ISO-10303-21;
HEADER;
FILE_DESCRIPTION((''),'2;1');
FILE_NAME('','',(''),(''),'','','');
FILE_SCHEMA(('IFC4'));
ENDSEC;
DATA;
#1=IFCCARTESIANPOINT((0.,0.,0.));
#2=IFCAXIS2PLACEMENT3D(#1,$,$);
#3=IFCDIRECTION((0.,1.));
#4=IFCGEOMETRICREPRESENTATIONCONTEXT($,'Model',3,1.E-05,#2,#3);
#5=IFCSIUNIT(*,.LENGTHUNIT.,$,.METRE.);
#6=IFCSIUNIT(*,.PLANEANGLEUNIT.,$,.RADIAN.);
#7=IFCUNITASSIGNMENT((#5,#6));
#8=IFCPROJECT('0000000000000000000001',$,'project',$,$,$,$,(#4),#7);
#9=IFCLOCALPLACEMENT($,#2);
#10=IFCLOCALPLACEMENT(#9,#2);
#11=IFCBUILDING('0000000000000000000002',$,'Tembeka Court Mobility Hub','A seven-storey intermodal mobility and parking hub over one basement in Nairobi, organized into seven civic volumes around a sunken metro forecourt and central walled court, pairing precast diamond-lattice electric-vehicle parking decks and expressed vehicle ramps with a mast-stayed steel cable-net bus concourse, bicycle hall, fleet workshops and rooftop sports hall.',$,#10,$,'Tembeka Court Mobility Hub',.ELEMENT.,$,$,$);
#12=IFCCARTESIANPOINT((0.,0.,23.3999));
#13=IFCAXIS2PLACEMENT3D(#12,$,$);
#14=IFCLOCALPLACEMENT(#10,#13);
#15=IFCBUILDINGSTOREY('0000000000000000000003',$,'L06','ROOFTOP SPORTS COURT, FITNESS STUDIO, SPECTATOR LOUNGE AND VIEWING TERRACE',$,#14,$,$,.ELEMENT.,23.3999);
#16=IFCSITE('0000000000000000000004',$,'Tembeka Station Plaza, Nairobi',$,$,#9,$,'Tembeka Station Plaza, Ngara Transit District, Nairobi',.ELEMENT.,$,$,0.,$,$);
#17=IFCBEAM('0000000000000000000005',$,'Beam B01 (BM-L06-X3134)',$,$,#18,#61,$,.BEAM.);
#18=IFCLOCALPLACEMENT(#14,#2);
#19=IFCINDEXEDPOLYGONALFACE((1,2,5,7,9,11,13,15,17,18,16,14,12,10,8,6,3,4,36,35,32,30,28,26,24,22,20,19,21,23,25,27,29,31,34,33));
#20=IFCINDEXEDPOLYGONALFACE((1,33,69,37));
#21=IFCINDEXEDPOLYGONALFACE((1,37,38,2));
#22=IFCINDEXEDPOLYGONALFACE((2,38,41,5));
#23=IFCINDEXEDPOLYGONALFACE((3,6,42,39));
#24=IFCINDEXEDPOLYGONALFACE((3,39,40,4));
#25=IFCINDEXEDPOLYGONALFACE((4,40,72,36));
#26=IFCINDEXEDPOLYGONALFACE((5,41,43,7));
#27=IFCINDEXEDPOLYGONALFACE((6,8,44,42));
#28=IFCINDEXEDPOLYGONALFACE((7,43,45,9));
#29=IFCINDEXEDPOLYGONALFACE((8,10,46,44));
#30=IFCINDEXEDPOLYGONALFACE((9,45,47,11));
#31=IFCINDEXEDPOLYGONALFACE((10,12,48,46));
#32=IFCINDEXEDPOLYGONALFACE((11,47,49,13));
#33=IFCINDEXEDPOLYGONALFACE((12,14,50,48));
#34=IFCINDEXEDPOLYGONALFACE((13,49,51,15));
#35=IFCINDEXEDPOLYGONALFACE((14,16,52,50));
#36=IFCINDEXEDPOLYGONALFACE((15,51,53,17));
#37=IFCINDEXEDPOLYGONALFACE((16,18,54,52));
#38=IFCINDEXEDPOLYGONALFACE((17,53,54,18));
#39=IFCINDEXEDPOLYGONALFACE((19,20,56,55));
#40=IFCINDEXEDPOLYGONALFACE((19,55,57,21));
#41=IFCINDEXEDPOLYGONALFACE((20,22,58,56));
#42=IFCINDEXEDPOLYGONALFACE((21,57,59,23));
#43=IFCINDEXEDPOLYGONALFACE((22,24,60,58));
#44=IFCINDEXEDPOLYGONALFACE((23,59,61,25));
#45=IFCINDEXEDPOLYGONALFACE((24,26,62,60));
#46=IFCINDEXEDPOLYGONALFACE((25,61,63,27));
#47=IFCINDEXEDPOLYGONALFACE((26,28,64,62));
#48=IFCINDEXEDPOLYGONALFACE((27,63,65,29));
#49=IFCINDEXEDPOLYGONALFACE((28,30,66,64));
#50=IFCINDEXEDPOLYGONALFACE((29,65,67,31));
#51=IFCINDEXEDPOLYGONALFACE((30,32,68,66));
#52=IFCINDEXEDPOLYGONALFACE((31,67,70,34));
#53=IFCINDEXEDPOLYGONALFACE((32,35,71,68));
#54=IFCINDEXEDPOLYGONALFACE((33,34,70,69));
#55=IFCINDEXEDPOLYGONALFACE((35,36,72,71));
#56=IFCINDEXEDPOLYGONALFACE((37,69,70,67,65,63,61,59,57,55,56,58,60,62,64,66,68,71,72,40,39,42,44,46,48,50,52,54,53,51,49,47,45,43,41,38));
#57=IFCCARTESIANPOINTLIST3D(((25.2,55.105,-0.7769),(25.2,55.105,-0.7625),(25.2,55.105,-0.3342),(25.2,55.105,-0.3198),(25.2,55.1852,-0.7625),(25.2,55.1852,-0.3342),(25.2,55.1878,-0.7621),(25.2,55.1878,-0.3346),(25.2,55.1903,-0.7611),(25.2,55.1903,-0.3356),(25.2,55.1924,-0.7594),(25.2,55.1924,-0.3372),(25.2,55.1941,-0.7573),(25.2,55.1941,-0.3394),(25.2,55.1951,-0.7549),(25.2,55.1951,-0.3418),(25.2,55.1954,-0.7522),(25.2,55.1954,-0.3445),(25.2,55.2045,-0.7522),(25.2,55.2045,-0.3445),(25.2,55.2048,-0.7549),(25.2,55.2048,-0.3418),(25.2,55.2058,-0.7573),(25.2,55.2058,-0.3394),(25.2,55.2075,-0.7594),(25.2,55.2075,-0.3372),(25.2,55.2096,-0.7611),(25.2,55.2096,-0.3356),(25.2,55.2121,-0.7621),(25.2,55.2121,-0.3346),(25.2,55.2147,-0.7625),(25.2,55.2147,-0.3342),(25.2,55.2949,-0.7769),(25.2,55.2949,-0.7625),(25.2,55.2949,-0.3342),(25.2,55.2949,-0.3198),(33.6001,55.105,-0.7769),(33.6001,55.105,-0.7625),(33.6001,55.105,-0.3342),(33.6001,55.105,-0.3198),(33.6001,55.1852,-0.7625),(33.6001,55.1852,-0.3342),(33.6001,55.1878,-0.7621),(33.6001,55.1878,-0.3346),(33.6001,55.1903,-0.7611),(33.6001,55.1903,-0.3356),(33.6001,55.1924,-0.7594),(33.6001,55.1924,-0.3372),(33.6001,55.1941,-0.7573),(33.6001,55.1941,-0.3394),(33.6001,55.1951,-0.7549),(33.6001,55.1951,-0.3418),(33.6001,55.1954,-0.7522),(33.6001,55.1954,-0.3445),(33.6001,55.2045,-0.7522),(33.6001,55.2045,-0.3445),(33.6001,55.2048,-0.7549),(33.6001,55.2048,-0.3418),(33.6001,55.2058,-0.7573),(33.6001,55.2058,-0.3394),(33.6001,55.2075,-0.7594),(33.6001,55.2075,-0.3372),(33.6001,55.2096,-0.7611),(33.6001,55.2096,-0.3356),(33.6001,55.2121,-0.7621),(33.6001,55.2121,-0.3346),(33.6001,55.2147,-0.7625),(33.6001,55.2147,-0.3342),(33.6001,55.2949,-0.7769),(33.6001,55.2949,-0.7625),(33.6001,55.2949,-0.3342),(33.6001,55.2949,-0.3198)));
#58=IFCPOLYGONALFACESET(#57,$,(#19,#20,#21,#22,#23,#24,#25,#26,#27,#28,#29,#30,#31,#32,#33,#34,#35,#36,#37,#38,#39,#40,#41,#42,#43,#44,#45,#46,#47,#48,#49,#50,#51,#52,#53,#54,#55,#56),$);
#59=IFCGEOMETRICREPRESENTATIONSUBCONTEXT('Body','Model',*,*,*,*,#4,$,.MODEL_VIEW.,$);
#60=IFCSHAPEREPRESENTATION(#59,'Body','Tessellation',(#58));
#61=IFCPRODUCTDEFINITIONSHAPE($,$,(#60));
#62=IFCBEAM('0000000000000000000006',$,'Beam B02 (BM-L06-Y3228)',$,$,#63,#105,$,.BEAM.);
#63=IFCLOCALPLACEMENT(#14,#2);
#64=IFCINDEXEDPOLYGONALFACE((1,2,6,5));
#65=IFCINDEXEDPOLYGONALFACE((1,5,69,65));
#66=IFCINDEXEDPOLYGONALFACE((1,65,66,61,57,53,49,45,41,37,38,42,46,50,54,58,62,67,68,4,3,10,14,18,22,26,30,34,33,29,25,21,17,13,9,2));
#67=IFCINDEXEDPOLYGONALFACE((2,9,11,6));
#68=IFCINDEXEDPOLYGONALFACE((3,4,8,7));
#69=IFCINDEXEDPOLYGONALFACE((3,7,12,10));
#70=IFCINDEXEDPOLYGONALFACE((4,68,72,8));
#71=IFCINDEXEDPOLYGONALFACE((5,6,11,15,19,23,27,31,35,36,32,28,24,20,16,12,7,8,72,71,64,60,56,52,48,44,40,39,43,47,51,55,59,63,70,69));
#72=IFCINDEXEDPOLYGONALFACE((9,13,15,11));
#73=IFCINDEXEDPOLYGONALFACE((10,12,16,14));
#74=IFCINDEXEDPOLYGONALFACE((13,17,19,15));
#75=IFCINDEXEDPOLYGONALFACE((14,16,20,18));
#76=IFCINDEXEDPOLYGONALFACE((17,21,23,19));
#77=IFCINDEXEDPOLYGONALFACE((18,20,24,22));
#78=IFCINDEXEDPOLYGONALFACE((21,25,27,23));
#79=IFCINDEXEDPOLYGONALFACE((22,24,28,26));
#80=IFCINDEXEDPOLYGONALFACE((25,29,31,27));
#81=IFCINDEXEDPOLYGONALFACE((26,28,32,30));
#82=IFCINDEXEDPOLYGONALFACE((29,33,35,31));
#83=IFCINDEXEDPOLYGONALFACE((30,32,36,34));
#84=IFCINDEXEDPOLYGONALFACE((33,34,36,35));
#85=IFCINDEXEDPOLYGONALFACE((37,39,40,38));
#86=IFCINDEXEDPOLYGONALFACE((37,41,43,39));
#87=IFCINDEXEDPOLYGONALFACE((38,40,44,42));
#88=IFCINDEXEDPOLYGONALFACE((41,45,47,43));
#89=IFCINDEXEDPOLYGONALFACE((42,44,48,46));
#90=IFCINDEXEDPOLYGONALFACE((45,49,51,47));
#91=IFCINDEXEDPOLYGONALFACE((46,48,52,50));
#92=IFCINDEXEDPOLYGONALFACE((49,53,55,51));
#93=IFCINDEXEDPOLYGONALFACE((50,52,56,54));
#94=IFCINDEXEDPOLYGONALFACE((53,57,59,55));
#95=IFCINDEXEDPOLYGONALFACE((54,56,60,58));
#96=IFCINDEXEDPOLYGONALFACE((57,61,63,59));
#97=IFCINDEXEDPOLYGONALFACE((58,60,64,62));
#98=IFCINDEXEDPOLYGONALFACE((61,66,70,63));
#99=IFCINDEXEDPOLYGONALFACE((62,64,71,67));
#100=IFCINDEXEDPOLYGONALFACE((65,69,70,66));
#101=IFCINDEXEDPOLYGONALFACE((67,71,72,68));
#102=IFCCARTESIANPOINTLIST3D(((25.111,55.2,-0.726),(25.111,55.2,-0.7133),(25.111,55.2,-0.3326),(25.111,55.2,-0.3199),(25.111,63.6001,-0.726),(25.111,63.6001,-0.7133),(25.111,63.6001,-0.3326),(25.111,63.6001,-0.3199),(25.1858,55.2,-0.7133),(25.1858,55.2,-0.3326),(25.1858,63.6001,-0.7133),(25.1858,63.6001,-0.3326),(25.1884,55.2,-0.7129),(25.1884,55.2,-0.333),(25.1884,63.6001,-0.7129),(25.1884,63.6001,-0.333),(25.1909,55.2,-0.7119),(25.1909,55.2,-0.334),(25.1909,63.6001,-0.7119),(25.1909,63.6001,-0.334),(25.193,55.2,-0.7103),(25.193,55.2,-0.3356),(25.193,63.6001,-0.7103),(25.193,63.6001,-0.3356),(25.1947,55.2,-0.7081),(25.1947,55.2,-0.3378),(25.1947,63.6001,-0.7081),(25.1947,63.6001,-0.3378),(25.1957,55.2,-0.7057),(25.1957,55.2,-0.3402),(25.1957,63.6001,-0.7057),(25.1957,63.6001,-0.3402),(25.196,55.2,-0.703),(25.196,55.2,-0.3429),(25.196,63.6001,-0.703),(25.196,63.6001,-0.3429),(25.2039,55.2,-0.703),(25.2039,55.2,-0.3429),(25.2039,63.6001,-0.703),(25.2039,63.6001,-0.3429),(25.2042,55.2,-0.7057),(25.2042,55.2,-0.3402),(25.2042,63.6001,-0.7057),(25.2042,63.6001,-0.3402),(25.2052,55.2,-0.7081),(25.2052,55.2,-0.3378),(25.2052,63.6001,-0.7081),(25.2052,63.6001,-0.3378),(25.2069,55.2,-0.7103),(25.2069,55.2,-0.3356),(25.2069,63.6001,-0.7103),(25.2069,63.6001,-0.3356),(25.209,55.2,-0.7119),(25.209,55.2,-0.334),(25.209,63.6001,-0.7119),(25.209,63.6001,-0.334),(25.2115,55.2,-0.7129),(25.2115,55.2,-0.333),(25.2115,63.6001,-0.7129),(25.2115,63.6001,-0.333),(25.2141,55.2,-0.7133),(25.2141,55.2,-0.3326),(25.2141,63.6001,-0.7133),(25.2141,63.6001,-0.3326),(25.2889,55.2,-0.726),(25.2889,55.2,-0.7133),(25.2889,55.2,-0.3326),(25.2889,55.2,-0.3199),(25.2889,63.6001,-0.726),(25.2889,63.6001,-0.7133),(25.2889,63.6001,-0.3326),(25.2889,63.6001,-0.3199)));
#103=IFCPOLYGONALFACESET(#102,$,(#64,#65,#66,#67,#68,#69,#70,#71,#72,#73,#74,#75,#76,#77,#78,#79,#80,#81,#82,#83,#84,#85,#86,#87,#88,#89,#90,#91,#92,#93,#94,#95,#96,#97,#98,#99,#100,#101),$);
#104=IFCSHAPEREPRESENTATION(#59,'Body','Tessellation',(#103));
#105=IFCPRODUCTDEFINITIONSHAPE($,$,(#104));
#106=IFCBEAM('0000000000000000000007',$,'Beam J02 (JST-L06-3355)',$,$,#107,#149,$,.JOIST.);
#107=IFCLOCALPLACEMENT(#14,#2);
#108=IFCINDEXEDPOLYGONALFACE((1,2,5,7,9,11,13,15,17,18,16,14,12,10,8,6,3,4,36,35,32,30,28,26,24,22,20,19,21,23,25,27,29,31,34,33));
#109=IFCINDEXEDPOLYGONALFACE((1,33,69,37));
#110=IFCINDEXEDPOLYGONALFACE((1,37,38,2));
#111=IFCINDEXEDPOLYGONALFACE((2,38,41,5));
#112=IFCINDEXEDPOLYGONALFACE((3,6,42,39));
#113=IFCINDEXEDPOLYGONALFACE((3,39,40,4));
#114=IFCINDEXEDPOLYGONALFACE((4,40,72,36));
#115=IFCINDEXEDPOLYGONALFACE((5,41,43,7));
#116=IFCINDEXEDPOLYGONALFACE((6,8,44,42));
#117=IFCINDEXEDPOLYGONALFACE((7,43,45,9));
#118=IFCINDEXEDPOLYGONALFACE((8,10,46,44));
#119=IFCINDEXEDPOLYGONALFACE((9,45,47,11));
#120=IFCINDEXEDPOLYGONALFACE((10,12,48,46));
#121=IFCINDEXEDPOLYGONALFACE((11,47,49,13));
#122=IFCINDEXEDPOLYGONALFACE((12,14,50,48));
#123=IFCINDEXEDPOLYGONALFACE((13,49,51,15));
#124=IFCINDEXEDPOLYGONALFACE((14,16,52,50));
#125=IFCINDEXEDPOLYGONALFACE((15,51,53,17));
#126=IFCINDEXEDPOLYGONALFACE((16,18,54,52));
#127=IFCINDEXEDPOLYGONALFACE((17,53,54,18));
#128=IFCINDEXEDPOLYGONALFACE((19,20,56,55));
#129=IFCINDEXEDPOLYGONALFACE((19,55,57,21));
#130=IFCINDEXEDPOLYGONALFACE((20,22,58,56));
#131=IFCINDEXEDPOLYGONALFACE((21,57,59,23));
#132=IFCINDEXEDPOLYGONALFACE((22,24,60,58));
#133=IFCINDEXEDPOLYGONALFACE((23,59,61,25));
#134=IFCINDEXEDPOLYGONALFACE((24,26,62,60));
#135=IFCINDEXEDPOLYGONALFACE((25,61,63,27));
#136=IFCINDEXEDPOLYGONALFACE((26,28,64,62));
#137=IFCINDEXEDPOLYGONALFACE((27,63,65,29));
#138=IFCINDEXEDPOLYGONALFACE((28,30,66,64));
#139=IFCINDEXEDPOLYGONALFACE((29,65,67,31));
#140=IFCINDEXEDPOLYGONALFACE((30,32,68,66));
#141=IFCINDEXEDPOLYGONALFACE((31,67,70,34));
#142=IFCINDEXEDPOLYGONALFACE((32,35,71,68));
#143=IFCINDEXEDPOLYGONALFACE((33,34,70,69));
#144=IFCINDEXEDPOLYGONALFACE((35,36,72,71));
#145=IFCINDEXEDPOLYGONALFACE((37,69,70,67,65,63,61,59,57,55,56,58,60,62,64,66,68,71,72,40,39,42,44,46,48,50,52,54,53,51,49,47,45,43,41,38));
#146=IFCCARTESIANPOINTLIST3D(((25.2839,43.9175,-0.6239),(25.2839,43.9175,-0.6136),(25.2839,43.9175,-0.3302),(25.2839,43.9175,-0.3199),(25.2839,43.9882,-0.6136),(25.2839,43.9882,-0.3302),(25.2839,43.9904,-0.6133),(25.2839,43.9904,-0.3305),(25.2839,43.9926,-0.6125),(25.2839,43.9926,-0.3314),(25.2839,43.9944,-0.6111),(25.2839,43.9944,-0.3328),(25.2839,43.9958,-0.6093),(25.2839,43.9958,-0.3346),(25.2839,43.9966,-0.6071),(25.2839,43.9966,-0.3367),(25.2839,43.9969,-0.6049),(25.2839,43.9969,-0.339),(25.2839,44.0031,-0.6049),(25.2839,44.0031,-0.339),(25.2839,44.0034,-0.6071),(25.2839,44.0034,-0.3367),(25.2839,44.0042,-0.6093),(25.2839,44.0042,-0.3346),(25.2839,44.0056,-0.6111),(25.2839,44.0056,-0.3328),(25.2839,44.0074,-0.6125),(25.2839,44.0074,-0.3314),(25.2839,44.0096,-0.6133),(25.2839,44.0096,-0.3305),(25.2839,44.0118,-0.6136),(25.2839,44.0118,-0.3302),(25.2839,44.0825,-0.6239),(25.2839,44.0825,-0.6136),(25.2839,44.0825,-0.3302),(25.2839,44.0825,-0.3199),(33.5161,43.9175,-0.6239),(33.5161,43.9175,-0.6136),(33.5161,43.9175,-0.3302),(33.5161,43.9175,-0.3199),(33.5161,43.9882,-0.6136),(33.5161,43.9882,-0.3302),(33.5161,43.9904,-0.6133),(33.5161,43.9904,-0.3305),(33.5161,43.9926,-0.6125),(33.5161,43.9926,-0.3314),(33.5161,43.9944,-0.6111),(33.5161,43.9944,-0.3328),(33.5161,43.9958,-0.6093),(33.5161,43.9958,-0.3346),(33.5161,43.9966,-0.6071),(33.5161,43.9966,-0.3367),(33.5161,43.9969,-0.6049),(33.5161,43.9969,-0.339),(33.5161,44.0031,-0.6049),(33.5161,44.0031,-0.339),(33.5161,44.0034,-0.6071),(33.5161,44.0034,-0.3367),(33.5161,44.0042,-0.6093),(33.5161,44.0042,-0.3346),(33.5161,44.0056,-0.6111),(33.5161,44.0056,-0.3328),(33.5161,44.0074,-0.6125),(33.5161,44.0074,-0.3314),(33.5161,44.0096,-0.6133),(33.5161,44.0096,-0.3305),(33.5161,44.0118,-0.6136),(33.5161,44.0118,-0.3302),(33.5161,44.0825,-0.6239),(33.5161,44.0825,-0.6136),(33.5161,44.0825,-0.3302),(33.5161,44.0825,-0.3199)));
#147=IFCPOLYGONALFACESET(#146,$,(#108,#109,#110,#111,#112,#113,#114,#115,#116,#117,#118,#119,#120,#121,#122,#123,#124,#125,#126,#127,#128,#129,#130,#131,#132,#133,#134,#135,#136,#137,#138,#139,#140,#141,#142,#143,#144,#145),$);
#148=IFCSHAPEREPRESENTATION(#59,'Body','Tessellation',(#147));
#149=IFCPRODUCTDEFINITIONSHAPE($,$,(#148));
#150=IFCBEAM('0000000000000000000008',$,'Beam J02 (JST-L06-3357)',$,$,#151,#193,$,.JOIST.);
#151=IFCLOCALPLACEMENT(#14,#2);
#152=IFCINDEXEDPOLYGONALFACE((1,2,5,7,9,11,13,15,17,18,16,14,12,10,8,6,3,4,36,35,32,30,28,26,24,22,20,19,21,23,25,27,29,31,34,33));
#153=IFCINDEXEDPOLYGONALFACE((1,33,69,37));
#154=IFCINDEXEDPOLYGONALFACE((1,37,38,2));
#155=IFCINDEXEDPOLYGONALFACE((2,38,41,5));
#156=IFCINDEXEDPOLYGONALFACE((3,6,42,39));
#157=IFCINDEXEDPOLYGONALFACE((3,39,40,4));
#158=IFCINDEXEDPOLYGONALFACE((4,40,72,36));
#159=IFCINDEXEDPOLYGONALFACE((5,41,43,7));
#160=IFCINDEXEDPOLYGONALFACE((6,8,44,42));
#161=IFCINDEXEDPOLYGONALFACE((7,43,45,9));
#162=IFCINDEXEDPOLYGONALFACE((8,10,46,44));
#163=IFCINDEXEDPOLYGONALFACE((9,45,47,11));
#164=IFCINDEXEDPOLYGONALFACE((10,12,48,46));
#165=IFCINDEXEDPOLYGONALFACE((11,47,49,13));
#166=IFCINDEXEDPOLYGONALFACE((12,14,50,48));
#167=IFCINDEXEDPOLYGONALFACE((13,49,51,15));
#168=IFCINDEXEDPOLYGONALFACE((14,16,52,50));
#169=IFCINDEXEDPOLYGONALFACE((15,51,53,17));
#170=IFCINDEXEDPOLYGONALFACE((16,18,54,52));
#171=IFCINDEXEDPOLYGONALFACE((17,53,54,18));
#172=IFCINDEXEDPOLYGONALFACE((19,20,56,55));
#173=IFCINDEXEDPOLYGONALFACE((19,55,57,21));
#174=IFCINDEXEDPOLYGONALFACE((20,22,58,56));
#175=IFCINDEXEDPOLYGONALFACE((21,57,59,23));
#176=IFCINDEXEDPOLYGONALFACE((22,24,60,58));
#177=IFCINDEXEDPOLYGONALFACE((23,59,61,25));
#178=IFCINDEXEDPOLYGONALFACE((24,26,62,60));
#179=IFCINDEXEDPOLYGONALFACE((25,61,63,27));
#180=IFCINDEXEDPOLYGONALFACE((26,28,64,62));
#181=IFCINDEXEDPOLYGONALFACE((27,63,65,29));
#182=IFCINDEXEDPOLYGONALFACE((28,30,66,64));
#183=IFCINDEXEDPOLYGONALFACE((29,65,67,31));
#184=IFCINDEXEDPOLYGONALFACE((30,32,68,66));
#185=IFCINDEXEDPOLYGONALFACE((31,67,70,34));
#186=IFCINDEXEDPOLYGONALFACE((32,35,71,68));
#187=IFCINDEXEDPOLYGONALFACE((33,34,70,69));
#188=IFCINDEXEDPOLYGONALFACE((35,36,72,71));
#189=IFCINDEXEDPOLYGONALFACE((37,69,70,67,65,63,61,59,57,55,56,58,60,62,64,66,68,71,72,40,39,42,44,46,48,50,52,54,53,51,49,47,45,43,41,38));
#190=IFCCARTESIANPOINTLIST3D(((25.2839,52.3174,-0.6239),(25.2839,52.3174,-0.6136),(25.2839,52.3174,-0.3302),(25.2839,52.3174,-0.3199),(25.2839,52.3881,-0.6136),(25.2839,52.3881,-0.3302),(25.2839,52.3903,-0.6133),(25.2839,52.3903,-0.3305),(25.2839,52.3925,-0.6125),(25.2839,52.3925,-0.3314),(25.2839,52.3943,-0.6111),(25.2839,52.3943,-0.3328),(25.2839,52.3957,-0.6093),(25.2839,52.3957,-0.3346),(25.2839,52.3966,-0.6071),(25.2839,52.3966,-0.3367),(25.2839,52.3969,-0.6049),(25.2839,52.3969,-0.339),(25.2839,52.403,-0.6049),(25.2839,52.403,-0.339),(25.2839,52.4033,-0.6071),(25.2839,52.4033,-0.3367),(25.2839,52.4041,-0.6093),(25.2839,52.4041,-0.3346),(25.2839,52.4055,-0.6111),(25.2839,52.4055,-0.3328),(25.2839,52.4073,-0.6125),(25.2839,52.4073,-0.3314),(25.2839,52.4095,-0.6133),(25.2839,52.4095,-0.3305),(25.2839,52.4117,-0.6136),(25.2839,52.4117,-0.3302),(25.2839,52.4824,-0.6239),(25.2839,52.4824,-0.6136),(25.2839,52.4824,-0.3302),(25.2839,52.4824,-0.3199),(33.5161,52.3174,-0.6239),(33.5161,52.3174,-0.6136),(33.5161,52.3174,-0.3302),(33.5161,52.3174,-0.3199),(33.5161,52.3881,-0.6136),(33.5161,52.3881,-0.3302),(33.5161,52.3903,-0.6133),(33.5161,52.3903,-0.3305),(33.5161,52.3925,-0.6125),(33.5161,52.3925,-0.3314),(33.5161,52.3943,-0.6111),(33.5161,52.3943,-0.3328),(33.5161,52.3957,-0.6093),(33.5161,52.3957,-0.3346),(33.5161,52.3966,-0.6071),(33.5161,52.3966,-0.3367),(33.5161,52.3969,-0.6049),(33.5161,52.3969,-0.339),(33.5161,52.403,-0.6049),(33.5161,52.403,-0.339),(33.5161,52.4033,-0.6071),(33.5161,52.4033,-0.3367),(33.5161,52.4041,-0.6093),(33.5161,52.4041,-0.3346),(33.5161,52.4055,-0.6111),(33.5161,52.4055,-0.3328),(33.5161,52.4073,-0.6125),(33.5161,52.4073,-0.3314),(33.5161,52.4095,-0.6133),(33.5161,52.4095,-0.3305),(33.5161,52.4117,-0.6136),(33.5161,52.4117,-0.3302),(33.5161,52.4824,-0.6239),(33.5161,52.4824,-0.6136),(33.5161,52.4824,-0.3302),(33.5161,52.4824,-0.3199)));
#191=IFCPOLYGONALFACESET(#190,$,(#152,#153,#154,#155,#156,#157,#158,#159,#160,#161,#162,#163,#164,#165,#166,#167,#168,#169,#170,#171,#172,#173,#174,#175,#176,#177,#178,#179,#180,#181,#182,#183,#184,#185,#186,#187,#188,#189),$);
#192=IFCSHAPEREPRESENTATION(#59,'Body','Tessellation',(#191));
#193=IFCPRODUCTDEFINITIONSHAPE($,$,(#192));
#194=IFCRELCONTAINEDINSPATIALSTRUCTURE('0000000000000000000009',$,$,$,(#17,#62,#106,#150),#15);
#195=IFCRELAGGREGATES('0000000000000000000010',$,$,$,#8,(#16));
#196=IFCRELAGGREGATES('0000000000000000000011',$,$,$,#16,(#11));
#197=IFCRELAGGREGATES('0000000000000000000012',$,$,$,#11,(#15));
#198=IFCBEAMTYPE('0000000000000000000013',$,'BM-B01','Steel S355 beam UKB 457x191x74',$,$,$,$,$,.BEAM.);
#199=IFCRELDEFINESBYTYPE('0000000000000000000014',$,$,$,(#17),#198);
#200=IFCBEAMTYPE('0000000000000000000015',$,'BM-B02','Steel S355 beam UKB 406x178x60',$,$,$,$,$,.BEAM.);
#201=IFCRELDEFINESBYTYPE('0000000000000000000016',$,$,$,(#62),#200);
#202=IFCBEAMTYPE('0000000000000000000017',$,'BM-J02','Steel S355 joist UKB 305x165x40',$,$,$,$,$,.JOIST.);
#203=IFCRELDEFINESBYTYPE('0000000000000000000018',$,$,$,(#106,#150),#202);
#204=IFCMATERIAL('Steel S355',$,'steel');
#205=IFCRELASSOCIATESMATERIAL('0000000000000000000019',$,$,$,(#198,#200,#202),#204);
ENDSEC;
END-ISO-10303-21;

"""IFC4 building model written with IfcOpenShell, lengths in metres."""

from ifc_helpers import new_model, si_unit, direction, frame, origin, origin_2d, place, context, subcontext, project, spatial, i_section, extrude, material, material_profile, profile_set, type_object, element, save


model = new_model("IFC4")

# Units and contexts
model_context = context("Model", 3, precision=1e-05, world=origin(), true_north=direction((0.0, 1.0)))
body_context = subcontext(model_context, "Body", "Model", "MODEL_VIEW")
ifc_project = project(units=[si_unit("LENGTHUNIT", "METRE"), si_unit("PLANEANGLEUNIT", "RADIAN")], contexts=[model_context])

# Site, building, storey
site_placement = place(None, origin())
site = spatial("IfcSite", under=ifc_project, at=site_placement, Name="Tembeka Station Plaza, Nairobi", LongName="Tembeka Station Plaza, Ngara Transit District, Nairobi", CompositionType="ELEMENT", RefElevation=0.0)
building_placement = place(site_placement, origin())
building = spatial("IfcBuilding", under=site, at=building_placement, Name="Tembeka Court Mobility Hub", Description="A seven-storey intermodal mobility and parking hub over one basement in Nairobi, organized into seven civic volumes around a sunken metro forecourt and central walled court, pairing precast diamond-lattice electric-vehicle parking decks and expressed vehicle ramps with a mast-stayed steel cable-net bus concourse, bicycle hall, fleet workshops and rooftop sports hall.", LongName="Tembeka Court Mobility Hub", CompositionType="ELEMENT")
storey_placement = place(building_placement, frame((0.0, 0.0, 23.3999)))
storey = spatial("IfcBuildingStorey", under=building, at=storey_placement, Name="L06", Description="ROOFTOP SPORTS COURT, FITNESS STUDIO, SPECTATOR LOUNGE AND VIEWING TERRACE", CompositionType="ELEMENT", Elevation=23.3999)

# Beams
ifc_material_1 = material(Name="Steel S355", Category="steel")
ifc_material_profile_1 = material_profile(ifc_material_1, i_section(OverallWidth=0.1899, OverallDepth=0.457, WebThickness=0.009, FlangeThickness=0.0144, FilletRadius=0.0103, at=origin_2d()), Name="UKB 457x191x74")
ifc_profile_set_1 = profile_set([ifc_material_profile_1], Name="Steel S355")
beam_type_1 = type_object("IfcBeamType", Name="BM-B01", Description="Steel S355 beam UKB 457x191x74", PredefinedType="BEAM", material=ifc_profile_set_1)
beam_1_placement = place(storey_placement, frame((25.2, 55.2, -0.5483), z_axis=(1.0, 0.0, 0.0), x_axis=(0.0, 1.0, 0.0)))
element("IfcBeam", 1, at=beam_1_placement, inside=storey, type_object=beam_type_1, Name="Beam B01 (BM-L06-X3134)", PredefinedType="BEAM", context=body_context, shape_type="SweptSolid", body=[
    extrude(i_section(OverallWidth=0.1899, OverallDepth=0.457, WebThickness=0.009, FlangeThickness=0.0144, FilletRadius=0.0103, at=origin_2d()), origin(), (0.0, 0.0, 1.0), 8.4001),
])
ifc_material_profile_2 = material_profile(ifc_material_1, i_section(OverallWidth=0.178, OverallDepth=0.406, WebThickness=0.0078, FlangeThickness=0.0127, FilletRadius=0.0103, at=origin_2d()), Name="UKB 406x178x60")
ifc_profile_set_2 = profile_set([ifc_material_profile_2], Name="Steel S355")
beam_type_2 = type_object("IfcBeamType", Name="BM-B02", Description="Steel S355 beam UKB 406x178x60", PredefinedType="BEAM", material=ifc_profile_set_2)
beam_2_placement = place(storey_placement, frame((25.2, 55.2, -0.5229), z_axis=(0.0, 1.0, 0.0), x_axis=(-1.0, 0.0, 0.0)))
element("IfcBeam", 2, at=beam_2_placement, inside=storey, type_object=beam_type_2, Name="Beam B02 (BM-L06-Y3228)", PredefinedType="BEAM", context=body_context, shape_type="SweptSolid", body=[
    extrude(i_section(OverallWidth=0.178, OverallDepth=0.406, WebThickness=0.0078, FlangeThickness=0.0127, FilletRadius=0.0103, at=origin_2d()), origin(), (0.0, 0.0, 1.0), 8.4001),
])
ifc_material_profile_3 = material_profile(ifc_material_1, i_section(OverallWidth=0.165, OverallDepth=0.304, WebThickness=0.0061, FlangeThickness=0.0103, FilletRadius=0.0088, at=origin_2d()), Name="UKB 305x165x40")
ifc_profile_set_3 = profile_set([ifc_material_profile_3], Name="Steel S355")
beam_type_3 = type_object("IfcBeamType", Name="BM-J02", Description="Steel S355 joist UKB 305x165x40", PredefinedType="JOIST", material=ifc_profile_set_3)
for number, where, z_axis, x_axis, name in (
    (3, (25.2839, 44.0, -0.4719), (1.0, 0.0, 0.0), (0.0, 1.0, 0.0), "Beam J02 (JST-L06-3355)"),
    (4, (25.2839, 52.3999, -0.4719), (1.0, 0.0, 0.0), (0.0, 1.0, 0.0), "Beam J02 (JST-L06-3357)"),
):
    element("IfcBeam", number, at=place(storey_placement, frame(where, z_axis=z_axis, x_axis=x_axis)), inside=storey, type_object=beam_type_3, Name=name, PredefinedType="JOIST", context=body_context, shape_type="SweptSolid", body=[
        extrude(i_section(OverallWidth=0.165, OverallDepth=0.304, WebThickness=0.0061, FlangeThickness=0.0103, FilletRadius=0.0088, at=origin_2d()), origin(), (0.0, 0.0, 1.0), 8.2322),
    ])

save(model, "model.ifc")
